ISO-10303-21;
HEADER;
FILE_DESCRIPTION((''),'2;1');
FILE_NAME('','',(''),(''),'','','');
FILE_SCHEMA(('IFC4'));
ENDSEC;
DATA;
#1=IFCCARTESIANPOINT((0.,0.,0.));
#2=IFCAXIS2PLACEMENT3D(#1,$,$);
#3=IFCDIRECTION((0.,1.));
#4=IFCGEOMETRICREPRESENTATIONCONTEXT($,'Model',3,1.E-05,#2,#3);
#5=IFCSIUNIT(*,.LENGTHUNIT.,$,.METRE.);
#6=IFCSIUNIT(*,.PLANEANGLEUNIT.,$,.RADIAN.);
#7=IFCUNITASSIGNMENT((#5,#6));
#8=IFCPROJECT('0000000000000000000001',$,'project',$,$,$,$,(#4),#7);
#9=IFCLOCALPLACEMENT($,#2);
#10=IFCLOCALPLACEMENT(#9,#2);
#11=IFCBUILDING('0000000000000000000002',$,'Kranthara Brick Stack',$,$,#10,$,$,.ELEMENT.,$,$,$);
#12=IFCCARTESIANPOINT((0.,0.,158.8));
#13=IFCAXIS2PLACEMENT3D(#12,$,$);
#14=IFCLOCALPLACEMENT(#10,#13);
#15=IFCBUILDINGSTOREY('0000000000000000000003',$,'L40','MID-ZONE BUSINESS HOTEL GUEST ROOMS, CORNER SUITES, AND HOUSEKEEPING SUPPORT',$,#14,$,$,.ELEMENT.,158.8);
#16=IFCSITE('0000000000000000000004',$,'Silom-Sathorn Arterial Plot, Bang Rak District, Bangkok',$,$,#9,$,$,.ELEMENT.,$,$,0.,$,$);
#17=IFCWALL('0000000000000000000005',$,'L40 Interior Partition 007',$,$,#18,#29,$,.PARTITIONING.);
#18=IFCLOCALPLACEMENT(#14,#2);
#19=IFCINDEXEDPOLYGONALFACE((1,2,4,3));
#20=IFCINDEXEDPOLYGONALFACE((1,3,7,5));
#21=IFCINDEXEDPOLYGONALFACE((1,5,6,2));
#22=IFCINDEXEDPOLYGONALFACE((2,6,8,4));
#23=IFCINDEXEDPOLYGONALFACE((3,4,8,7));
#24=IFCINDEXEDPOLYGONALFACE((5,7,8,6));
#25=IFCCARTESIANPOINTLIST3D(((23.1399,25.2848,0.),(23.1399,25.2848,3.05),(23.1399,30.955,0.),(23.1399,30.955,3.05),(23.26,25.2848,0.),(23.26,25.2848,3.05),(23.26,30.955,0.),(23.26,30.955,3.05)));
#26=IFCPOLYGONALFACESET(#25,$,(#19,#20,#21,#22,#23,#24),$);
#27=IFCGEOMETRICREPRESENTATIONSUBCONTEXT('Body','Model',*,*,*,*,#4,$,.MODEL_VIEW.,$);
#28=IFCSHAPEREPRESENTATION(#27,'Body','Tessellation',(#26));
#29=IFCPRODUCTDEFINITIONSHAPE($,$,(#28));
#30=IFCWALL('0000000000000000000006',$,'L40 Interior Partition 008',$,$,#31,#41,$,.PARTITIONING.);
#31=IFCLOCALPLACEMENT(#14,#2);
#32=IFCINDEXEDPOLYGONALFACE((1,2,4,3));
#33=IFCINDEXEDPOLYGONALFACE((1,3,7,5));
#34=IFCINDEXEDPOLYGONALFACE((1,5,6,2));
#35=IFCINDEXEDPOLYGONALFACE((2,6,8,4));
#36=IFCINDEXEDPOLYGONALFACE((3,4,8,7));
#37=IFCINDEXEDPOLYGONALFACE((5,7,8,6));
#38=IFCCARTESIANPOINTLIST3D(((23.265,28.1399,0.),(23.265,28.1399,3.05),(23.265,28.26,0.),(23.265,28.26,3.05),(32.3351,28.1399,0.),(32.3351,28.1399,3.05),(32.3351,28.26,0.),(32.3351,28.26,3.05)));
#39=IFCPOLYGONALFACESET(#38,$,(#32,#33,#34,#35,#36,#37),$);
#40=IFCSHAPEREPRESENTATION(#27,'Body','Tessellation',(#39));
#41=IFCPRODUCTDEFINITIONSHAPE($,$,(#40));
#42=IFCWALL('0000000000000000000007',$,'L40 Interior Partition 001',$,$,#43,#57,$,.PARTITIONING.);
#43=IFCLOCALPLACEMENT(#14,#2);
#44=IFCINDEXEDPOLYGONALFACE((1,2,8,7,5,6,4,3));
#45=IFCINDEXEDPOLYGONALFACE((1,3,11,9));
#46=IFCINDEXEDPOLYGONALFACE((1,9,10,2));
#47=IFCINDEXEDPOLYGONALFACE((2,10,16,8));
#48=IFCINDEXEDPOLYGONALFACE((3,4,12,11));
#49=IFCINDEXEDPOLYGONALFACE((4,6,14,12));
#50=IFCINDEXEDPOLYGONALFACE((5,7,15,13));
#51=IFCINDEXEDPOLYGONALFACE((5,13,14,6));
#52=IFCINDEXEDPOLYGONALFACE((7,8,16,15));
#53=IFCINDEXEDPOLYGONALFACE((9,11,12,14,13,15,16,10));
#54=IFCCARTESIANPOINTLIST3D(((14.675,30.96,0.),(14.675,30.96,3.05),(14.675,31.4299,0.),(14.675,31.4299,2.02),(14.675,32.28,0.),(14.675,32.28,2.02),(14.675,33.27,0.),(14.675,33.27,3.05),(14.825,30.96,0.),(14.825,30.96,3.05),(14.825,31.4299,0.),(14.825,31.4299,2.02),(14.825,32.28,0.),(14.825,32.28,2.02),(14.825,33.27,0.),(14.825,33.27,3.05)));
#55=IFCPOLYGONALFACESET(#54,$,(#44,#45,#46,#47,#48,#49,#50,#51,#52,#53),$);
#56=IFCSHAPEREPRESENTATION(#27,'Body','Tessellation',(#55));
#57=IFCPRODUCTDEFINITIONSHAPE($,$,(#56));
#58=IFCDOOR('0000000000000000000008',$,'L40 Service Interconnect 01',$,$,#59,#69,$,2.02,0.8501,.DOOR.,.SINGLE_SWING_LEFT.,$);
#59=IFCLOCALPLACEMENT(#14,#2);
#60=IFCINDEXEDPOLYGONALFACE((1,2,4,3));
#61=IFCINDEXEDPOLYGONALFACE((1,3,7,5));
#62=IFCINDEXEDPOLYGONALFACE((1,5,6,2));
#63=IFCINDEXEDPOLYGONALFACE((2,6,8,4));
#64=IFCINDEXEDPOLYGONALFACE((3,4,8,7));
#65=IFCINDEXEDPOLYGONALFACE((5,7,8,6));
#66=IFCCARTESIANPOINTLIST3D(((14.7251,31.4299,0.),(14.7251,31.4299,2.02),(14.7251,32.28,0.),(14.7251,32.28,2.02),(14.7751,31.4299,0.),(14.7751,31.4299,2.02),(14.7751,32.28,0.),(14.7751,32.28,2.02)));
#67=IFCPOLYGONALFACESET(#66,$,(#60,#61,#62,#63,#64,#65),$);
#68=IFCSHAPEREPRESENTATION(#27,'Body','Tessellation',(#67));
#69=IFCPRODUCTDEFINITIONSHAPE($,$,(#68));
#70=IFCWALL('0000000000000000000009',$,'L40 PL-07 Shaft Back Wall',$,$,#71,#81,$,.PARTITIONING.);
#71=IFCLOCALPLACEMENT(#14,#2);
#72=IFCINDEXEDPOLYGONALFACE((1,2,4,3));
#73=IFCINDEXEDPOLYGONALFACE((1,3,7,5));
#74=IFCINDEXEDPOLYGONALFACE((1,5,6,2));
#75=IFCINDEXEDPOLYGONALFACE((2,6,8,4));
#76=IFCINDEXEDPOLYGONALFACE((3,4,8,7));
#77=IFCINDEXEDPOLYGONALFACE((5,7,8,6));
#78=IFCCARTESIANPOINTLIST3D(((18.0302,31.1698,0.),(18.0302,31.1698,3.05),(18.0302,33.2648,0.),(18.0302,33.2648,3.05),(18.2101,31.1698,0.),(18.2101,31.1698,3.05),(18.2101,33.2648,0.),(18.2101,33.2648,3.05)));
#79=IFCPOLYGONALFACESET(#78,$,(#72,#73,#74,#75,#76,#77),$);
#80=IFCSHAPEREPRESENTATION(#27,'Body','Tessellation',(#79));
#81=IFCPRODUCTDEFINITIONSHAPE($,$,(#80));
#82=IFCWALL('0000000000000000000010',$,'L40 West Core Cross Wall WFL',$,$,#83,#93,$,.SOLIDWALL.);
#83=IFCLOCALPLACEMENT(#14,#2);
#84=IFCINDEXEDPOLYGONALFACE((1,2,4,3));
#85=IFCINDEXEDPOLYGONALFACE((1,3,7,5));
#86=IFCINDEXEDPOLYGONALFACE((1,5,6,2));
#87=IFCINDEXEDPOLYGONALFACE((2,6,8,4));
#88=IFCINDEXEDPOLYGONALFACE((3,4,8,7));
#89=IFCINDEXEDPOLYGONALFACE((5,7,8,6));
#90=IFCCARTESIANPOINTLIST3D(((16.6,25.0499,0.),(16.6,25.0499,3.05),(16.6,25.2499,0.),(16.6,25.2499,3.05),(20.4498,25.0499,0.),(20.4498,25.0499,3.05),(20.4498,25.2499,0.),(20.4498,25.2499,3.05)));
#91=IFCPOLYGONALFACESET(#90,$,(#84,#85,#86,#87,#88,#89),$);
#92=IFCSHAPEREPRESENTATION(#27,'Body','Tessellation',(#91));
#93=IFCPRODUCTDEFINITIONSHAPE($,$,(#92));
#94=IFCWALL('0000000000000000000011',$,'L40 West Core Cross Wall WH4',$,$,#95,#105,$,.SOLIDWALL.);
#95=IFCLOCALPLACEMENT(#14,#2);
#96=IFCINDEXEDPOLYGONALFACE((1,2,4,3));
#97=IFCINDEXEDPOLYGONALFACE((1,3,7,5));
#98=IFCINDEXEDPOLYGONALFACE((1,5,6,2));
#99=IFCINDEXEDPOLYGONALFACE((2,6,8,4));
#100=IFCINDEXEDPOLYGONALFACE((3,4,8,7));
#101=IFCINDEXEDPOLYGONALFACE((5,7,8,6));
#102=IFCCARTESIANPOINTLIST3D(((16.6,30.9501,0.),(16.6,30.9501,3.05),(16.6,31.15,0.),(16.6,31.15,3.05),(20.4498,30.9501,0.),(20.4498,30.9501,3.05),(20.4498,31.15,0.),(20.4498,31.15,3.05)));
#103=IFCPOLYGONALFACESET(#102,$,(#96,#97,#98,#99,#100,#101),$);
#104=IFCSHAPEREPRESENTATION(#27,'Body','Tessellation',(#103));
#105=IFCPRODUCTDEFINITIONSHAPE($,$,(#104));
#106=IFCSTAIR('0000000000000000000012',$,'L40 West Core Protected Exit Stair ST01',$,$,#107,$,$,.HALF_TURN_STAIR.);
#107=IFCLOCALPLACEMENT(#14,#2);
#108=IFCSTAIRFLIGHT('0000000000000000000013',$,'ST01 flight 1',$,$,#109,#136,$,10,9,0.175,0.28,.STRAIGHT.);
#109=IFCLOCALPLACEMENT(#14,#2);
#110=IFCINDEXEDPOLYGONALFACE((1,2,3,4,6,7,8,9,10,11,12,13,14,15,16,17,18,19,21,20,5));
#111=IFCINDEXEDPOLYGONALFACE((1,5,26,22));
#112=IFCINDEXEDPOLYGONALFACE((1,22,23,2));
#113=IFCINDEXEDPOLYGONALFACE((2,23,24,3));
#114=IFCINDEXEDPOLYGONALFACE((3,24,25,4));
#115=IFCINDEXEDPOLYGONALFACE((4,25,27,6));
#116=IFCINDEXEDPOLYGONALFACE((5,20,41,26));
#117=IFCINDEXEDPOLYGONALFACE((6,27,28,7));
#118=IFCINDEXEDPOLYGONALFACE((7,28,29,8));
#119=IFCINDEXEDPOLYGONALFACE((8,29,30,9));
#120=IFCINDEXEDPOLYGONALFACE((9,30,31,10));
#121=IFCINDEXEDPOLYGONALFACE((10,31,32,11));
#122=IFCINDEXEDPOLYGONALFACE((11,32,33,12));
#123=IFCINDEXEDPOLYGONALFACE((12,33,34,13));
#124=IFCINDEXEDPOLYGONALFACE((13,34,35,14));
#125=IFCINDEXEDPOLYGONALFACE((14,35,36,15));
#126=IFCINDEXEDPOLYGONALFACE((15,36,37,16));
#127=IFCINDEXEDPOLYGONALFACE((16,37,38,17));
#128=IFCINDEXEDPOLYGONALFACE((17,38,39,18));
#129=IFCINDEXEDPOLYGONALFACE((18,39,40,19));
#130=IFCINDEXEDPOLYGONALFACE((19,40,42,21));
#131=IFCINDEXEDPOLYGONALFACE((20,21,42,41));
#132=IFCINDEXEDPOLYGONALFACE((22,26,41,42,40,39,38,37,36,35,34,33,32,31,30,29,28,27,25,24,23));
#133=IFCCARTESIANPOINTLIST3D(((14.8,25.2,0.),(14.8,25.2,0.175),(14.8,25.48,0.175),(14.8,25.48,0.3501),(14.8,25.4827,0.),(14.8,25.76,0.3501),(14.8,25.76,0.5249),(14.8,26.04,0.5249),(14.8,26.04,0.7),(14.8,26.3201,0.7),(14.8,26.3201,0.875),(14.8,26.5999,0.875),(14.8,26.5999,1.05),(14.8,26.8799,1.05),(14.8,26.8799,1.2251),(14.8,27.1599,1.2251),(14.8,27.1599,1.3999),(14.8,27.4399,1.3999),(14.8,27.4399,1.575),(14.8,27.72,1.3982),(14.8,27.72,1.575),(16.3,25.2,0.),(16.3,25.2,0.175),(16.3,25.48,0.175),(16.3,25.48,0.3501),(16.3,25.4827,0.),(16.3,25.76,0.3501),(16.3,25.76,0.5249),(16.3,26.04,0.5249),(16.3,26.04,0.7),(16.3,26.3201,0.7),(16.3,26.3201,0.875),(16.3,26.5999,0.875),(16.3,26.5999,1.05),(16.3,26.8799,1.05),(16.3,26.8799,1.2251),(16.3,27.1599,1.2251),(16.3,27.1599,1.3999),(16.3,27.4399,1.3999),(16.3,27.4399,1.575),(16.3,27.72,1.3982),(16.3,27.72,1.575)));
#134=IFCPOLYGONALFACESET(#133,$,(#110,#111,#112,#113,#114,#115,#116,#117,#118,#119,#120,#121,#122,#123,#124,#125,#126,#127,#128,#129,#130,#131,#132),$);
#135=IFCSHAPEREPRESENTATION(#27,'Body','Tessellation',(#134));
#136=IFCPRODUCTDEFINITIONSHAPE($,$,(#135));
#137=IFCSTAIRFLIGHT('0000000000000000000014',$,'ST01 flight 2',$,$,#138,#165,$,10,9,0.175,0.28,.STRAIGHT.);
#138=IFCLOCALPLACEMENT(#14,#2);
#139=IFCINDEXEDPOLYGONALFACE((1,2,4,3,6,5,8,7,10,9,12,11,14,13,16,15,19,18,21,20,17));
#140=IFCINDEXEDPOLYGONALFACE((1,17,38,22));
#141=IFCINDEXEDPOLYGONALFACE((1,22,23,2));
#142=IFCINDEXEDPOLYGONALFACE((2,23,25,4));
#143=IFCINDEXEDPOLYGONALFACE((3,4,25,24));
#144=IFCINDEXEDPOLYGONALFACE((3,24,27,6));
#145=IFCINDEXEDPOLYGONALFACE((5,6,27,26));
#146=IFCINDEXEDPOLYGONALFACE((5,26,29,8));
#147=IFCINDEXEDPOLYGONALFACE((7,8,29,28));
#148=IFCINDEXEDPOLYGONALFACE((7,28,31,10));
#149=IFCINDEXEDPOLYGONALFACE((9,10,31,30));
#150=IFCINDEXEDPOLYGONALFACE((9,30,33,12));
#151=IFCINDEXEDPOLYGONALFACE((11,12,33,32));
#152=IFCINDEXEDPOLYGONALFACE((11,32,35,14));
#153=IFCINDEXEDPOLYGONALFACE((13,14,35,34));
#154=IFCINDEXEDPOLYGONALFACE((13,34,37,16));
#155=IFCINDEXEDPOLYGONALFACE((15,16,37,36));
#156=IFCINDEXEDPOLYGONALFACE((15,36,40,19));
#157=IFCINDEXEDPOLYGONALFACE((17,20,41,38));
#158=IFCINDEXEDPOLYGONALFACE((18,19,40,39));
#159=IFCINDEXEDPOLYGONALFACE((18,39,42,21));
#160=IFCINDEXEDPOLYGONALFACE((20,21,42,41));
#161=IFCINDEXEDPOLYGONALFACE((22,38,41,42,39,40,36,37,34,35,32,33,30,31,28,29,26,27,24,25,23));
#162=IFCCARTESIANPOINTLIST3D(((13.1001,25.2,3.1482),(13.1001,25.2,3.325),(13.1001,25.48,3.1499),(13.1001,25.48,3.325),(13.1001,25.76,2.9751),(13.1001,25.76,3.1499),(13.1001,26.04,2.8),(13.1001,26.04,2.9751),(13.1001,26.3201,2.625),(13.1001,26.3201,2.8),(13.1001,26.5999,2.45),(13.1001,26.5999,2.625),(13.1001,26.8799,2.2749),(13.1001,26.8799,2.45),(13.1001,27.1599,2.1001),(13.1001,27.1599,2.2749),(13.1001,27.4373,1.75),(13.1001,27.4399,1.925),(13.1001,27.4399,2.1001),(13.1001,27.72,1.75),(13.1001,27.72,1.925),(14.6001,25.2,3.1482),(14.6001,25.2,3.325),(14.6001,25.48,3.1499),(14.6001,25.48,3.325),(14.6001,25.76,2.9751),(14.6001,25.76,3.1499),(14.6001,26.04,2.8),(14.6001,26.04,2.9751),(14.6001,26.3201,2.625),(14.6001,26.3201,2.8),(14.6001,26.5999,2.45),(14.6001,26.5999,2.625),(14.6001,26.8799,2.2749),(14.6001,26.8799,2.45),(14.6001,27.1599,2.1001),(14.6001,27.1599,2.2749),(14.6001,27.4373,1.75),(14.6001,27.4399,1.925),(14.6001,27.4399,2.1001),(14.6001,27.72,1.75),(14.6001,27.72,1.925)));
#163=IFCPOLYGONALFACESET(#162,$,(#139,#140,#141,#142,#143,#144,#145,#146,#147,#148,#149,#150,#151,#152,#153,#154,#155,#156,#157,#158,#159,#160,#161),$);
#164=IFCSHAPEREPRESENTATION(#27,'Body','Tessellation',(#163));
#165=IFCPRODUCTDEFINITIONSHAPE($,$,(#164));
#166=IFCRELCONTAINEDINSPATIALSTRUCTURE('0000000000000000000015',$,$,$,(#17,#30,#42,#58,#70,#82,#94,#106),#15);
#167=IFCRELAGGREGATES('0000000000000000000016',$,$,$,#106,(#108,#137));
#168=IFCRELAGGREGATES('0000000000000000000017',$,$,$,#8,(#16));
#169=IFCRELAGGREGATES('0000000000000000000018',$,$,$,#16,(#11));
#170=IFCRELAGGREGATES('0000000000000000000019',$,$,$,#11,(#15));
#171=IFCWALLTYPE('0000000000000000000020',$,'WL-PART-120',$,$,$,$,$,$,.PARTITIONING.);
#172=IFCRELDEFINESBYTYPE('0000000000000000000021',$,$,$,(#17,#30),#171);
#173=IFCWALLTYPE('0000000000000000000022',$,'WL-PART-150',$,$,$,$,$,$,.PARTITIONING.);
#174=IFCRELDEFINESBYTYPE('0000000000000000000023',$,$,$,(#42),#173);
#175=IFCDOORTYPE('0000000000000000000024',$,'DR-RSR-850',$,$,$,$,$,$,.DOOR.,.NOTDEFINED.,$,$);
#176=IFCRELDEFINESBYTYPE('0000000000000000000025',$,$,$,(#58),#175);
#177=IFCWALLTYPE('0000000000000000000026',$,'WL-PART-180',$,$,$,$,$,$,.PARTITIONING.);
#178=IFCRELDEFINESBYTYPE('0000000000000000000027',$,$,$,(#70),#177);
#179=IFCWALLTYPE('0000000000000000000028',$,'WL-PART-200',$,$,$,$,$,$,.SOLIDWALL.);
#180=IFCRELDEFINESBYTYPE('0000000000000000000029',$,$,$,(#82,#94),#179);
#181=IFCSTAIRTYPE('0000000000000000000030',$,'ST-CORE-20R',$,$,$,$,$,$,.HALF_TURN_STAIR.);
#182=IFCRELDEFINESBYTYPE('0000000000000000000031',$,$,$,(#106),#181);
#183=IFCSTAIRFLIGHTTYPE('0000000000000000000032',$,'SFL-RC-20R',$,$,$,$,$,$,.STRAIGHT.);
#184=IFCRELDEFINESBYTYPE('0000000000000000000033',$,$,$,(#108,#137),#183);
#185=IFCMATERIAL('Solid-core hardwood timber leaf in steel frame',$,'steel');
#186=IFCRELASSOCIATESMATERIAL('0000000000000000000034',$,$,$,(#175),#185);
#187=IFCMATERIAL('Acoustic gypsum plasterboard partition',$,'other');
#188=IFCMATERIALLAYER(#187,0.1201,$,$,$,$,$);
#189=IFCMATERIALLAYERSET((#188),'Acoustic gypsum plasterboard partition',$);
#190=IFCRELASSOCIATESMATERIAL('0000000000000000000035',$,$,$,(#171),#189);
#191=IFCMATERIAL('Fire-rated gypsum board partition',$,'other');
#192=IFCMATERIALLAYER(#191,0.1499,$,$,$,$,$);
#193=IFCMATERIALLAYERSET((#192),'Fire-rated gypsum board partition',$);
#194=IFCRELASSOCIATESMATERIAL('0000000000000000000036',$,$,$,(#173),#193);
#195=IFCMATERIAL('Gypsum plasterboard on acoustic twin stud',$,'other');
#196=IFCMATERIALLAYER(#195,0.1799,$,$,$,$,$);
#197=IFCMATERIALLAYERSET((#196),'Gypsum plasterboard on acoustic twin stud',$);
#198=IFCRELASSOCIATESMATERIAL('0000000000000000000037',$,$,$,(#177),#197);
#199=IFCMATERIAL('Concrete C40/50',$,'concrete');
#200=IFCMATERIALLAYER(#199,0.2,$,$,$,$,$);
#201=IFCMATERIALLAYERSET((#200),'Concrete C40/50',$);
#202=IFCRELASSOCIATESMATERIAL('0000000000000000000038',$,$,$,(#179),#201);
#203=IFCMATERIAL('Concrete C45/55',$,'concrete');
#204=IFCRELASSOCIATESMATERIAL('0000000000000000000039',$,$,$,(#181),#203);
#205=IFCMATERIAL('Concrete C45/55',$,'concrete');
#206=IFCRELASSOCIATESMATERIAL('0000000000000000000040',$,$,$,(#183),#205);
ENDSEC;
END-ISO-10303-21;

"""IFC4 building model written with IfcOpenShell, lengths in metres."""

from ifc_helpers import new_model, si_unit, direction, frame, frame_2d, origin, place, context, subcontext, project, spatial, polyline, rectangle, outline, extrude, material, layer, layer_set, type_object, element, fill, aggregate, save


model = new_model("IFC4")

# Units and contexts
model_context = context("Model", 3, precision=1e-05, world=origin(), true_north=direction((0.0, 1.0)))
body_context = subcontext(model_context, "Body", "Model", "MODEL_VIEW")
ifc_project = project(units=[si_unit("LENGTHUNIT", "METRE"), si_unit("PLANEANGLEUNIT", "RADIAN")], contexts=[model_context])

# Site, building, storey
site_placement = place(None, origin())
site = spatial("IfcSite", under=ifc_project, at=site_placement, Name="Silom-Sathorn Arterial Plot, Bang Rak District, Bangkok", CompositionType="ELEMENT", RefElevation=0.0)
building_placement = place(site_placement, origin())
building = spatial("IfcBuilding", under=site, at=building_placement, Name="Kranthara Brick Stack", CompositionType="ELEMENT")
storey_placement = place(building_placement, frame((0.0, 0.0, 158.8)))
storey = spatial("IfcBuildingStorey", under=building, at=storey_placement, Name="L40", Description="MID-ZONE BUSINESS HOTEL GUEST ROOMS, CORNER SUITES, AND HOUSEKEEPING SUPPORT", CompositionType="ELEMENT", Elevation=158.8)

# Shared definitions
ifc_material_1 = material(Name="Solid-core hardwood timber leaf in steel frame", Category="steel")
door_type_1 = type_object("IfcDoorType", Name="DR-RSR-850", OperationType="NOTDEFINED", PredefinedType="DOOR", material=ifc_material_1)

# Shared definitions
ifc_material_2 = material(Name="Acoustic gypsum plasterboard partition", Category="other")
ifc_layer_1 = layer(ifc_material_2, 0.1201)
ifc_layer_set_1 = layer_set([ifc_layer_1], Name="Acoustic gypsum plasterboard partition")
wall_type_1 = type_object("IfcWallType", Name="WL-PART-120", PredefinedType="PARTITIONING", material=ifc_layer_set_1)

# Walls
wall_1_placement = place(storey_placement, frame((23.2, 25.2849, 0.0), z_axis=(0.0, 0.0, 1.0), x_axis=(0.0, 1.0, 0.0)))
element("IfcWall", 1, at=wall_1_placement, inside=storey, type_object=wall_type_1, Name="L40 Interior Partition 007", PredefinedType="PARTITIONING", context=body_context, shape_type="SweptSolid", body=[
    extrude(rectangle(XDim=5.6702, YDim=0.1201, at=frame_2d((2.835, 0.0))), origin(), (0.0, 0.0, 1.0), 3.05),
])
wall_2_placement = place(storey_placement, frame((23.2649, 28.2, 0.0), z_axis=(0.0, 0.0, 1.0), x_axis=(1.0, 0.0, 0.0)))
element("IfcWall", 2, at=wall_2_placement, inside=storey, type_object=wall_type_1, Name="L40 Interior Partition 008", PredefinedType="PARTITIONING", context=body_context, shape_type="SweptSolid", body=[
    extrude(rectangle(XDim=9.0701, YDim=0.1201, at=frame_2d((4.5352, 0.0))), origin(), (0.0, 0.0, 1.0), 3.05),
])

# Wall, opening, door
ifc_material_3 = material(Name="Fire-rated gypsum board partition", Category="other")
ifc_layer_2 = layer(ifc_material_3, 0.1499)
ifc_layer_set_2 = layer_set([ifc_layer_2], Name="Fire-rated gypsum board partition")
wall_type_2 = type_object("IfcWallType", Name="WL-PART-150", PredefinedType="PARTITIONING", material=ifc_layer_set_2)
wall_3_placement = place(storey_placement, frame((14.75, 30.96, 0.0), z_axis=(0.0, 0.0, 1.0), x_axis=(0.0, 1.0, 0.0)))
wall_3 = element("IfcWall", 3, at=wall_3_placement, inside=storey, type_object=wall_type_2, Name="L40 Interior Partition 001", PredefinedType="PARTITIONING", context=body_context, shape_type="SweptSolid", body=[
    extrude(rectangle(XDim=2.3101, YDim=0.1499, at=frame_2d((1.155, 0.0))), origin(), (0.0, 0.0, 1.0), 3.05),
])
opening_1_placement = place(wall_3_placement, frame((0.47, 0.0, 0.0)))
opening_1 = element("IfcOpeningElement", 4, at=opening_1_placement, cuts=wall_3, PredefinedType="OPENING", context=body_context, shape_type="SweptSolid", body=[
    extrude(rectangle(XDim=0.8501, YDim=2.02, at=frame_2d((0.425, 1.01))), frame((0.0, 0.085, 0.0), z_axis=(0.0, -1.0, 0.0), x_axis=(1.0, 0.0, 0.0)), (0.0, 0.0, 1.0), 0.1699),
])
door_1_placement = place(opening_1_placement, origin())
door_1 = element("IfcDoor", 5, at=door_1_placement, inside=storey, type_object=door_type_1, Name="L40 Service Interconnect 01", OperationType="SINGLE_SWING_LEFT", OverallHeight=2.02, OverallWidth=0.8501, PredefinedType="DOOR", context=body_context, shape_type="SweptSolid", body=[
    extrude(rectangle(XDim=0.8501, YDim=2.02, at=frame_2d((0.425, 1.01))), frame((0.0, 0.0249, 0.0), z_axis=(0.0, -1.0, 0.0), x_axis=(1.0, 0.0, 0.0)), (0.0, 0.0, 1.0), 0.05),
])
fill(opening_1, door_1)

# Walls
ifc_material_4 = material(Name="Gypsum plasterboard on acoustic twin stud", Category="other")
ifc_layer_3 = layer(ifc_material_4, 0.1799)
ifc_layer_set_3 = layer_set([ifc_layer_3], Name="Gypsum plasterboard on acoustic twin stud")
wall_type_3 = type_object("IfcWallType", Name="WL-PART-180", PredefinedType="PARTITIONING", material=ifc_layer_set_3)
wall_4_placement = place(storey_placement, frame((18.1201, 31.1699, 0.0), z_axis=(0.0, 0.0, 1.0), x_axis=(0.0, 1.0, 0.0)))
element("IfcWall", 6, at=wall_4_placement, inside=storey, type_object=wall_type_3, Name="L40 PL-07 Shaft Back Wall", PredefinedType="PARTITIONING", context=body_context, shape_type="SweptSolid", body=[
    extrude(rectangle(XDim=2.095, YDim=0.1799, at=frame_2d((1.0474, 0.0))), origin(), (0.0, 0.0, 1.0), 3.05),
])
ifc_material_5 = material(Name="Concrete C40/50", Category="concrete")
ifc_layer_4 = layer(ifc_material_5, 0.2)
ifc_layer_set_4 = layer_set([ifc_layer_4], Name="Concrete C40/50")
wall_type_4 = type_object("IfcWallType", Name="WL-PART-200", PredefinedType="SOLIDWALL", material=ifc_layer_set_4)
for number, where, z_axis, x_axis, name in (
    (7, (16.6001, 25.1499, 0.0), (0.0, 0.0, 1.0), (1.0, 0.0, 0.0), "L40 West Core Cross Wall WFL"),
    (8, (16.6001, 31.05, 0.0), (0.0, 0.0, 1.0), (1.0, 0.0, 0.0), "L40 West Core Cross Wall WH4"),
):
    element("IfcWall", number, at=place(storey_placement, frame(where, z_axis=z_axis, x_axis=x_axis)), inside=storey, type_object=wall_type_4, Name=name, PredefinedType="SOLIDWALL", context=body_context, shape_type="SweptSolid", body=[
        extrude(rectangle(XDim=3.8499, YDim=0.2, at=frame_2d((1.9248, 0.0))), origin(), (0.0, 0.0, 1.0), 3.05),
    ])

# Stair, stair flights
ifc_material_6 = material(Name="Concrete C45/55", Category="concrete")
stair_type = type_object("IfcStairType", Name="ST-CORE-20R", PredefinedType="HALF_TURN_STAIR", material=ifc_material_6)
stair_placement = place(storey_placement, origin())
stair = element("IfcStair", 9, at=stair_placement, inside=storey, type_object=stair_type, Name="L40 West Core Protected Exit Stair ST01", PredefinedType="HALF_TURN_STAIR")
ifc_material_7 = material(Name="Concrete C45/55", Category="concrete")
stair_flight_type = type_object("IfcStairFlightType", Name="SFL-RC-20R", PredefinedType="STRAIGHT", material=ifc_material_7)
stair_flight_1_placement = place(storey_placement, frame((15.55, 25.2, 0.0), z_axis=(0.0, 0.0, 1.0), x_axis=(0.0, 1.0, 0.0)))
stair_flight_1 = element("IfcStairFlight", 10, at=stair_flight_1_placement, type_object=stair_flight_type, Name="ST01 flight 1", NumberOfRisers=10, NumberOfTreads=9, PredefinedType="STRAIGHT", RiserHeight=0.175, TreadLength=0.28, context=body_context, shape_type="SweptSolid", body=[
    extrude(outline(polyline([(0.0, 0.0), (0.0, 0.175), (0.28, 0.175), (0.28, 0.3501), (0.5601, 0.3501), (0.5601, 0.5249), (0.8401, 0.5249), (0.8401, 0.7), (1.1201, 0.7), (1.1201, 0.875), (1.3999, 0.875), (1.3999, 1.05), (1.6799, 1.05), (1.6799, 1.2251), (1.96, 1.2251), (1.96, 1.3999), (2.24, 1.3999), (2.24, 1.575), (2.52, 1.575), (2.52, 1.75), (2.52, 1.3982), (0.2827, 0.0), (0.0, 0.0)])), frame((0.0, 0.75, 0.0), z_axis=(0.0, -1.0, 0.0), x_axis=(1.0, 0.0, 0.0)), (0.0, 0.0, 1.0), 1.5),
])
stair_flight_2_placement = place(storey_placement, frame((13.8501, 27.72, 1.75), z_axis=(0.0, 0.0, 1.0), x_axis=(0.0, -1.0, 0.0)))
stair_flight_2 = element("IfcStairFlight", 11, at=stair_flight_2_placement, type_object=stair_flight_type, Name="ST01 flight 2", NumberOfRisers=10, NumberOfTreads=9, PredefinedType="STRAIGHT", RiserHeight=0.175, TreadLength=0.28, context=body_context, shape_type="SweptSolid", body=[
    extrude(outline(polyline([(0.0, 0.0), (0.0, 0.175), (0.28, 0.175), (0.28, 0.3501), (0.5601, 0.3501), (0.5601, 0.5249), (0.8401, 0.5249), (0.8401, 0.7), (1.1201, 0.7), (1.1201, 0.875), (1.3999, 0.875), (1.3999, 1.05), (1.6799, 1.05), (1.6799, 1.2251), (1.96, 1.2251), (1.96, 1.3999), (2.24, 1.3999), (2.24, 1.575), (2.52, 1.575), (2.52, 1.75), (2.52, 1.3982), (0.2827, 0.0), (0.0, 0.0)])), frame((0.0, 0.75, 0.0), z_axis=(0.0, -1.0, 0.0), x_axis=(1.0, 0.0, 0.0)), (0.0, 0.0, 1.0), 1.5),
])
aggregate(stair, [stair_flight_1, stair_flight_2])

save(model, "model.ifc")
